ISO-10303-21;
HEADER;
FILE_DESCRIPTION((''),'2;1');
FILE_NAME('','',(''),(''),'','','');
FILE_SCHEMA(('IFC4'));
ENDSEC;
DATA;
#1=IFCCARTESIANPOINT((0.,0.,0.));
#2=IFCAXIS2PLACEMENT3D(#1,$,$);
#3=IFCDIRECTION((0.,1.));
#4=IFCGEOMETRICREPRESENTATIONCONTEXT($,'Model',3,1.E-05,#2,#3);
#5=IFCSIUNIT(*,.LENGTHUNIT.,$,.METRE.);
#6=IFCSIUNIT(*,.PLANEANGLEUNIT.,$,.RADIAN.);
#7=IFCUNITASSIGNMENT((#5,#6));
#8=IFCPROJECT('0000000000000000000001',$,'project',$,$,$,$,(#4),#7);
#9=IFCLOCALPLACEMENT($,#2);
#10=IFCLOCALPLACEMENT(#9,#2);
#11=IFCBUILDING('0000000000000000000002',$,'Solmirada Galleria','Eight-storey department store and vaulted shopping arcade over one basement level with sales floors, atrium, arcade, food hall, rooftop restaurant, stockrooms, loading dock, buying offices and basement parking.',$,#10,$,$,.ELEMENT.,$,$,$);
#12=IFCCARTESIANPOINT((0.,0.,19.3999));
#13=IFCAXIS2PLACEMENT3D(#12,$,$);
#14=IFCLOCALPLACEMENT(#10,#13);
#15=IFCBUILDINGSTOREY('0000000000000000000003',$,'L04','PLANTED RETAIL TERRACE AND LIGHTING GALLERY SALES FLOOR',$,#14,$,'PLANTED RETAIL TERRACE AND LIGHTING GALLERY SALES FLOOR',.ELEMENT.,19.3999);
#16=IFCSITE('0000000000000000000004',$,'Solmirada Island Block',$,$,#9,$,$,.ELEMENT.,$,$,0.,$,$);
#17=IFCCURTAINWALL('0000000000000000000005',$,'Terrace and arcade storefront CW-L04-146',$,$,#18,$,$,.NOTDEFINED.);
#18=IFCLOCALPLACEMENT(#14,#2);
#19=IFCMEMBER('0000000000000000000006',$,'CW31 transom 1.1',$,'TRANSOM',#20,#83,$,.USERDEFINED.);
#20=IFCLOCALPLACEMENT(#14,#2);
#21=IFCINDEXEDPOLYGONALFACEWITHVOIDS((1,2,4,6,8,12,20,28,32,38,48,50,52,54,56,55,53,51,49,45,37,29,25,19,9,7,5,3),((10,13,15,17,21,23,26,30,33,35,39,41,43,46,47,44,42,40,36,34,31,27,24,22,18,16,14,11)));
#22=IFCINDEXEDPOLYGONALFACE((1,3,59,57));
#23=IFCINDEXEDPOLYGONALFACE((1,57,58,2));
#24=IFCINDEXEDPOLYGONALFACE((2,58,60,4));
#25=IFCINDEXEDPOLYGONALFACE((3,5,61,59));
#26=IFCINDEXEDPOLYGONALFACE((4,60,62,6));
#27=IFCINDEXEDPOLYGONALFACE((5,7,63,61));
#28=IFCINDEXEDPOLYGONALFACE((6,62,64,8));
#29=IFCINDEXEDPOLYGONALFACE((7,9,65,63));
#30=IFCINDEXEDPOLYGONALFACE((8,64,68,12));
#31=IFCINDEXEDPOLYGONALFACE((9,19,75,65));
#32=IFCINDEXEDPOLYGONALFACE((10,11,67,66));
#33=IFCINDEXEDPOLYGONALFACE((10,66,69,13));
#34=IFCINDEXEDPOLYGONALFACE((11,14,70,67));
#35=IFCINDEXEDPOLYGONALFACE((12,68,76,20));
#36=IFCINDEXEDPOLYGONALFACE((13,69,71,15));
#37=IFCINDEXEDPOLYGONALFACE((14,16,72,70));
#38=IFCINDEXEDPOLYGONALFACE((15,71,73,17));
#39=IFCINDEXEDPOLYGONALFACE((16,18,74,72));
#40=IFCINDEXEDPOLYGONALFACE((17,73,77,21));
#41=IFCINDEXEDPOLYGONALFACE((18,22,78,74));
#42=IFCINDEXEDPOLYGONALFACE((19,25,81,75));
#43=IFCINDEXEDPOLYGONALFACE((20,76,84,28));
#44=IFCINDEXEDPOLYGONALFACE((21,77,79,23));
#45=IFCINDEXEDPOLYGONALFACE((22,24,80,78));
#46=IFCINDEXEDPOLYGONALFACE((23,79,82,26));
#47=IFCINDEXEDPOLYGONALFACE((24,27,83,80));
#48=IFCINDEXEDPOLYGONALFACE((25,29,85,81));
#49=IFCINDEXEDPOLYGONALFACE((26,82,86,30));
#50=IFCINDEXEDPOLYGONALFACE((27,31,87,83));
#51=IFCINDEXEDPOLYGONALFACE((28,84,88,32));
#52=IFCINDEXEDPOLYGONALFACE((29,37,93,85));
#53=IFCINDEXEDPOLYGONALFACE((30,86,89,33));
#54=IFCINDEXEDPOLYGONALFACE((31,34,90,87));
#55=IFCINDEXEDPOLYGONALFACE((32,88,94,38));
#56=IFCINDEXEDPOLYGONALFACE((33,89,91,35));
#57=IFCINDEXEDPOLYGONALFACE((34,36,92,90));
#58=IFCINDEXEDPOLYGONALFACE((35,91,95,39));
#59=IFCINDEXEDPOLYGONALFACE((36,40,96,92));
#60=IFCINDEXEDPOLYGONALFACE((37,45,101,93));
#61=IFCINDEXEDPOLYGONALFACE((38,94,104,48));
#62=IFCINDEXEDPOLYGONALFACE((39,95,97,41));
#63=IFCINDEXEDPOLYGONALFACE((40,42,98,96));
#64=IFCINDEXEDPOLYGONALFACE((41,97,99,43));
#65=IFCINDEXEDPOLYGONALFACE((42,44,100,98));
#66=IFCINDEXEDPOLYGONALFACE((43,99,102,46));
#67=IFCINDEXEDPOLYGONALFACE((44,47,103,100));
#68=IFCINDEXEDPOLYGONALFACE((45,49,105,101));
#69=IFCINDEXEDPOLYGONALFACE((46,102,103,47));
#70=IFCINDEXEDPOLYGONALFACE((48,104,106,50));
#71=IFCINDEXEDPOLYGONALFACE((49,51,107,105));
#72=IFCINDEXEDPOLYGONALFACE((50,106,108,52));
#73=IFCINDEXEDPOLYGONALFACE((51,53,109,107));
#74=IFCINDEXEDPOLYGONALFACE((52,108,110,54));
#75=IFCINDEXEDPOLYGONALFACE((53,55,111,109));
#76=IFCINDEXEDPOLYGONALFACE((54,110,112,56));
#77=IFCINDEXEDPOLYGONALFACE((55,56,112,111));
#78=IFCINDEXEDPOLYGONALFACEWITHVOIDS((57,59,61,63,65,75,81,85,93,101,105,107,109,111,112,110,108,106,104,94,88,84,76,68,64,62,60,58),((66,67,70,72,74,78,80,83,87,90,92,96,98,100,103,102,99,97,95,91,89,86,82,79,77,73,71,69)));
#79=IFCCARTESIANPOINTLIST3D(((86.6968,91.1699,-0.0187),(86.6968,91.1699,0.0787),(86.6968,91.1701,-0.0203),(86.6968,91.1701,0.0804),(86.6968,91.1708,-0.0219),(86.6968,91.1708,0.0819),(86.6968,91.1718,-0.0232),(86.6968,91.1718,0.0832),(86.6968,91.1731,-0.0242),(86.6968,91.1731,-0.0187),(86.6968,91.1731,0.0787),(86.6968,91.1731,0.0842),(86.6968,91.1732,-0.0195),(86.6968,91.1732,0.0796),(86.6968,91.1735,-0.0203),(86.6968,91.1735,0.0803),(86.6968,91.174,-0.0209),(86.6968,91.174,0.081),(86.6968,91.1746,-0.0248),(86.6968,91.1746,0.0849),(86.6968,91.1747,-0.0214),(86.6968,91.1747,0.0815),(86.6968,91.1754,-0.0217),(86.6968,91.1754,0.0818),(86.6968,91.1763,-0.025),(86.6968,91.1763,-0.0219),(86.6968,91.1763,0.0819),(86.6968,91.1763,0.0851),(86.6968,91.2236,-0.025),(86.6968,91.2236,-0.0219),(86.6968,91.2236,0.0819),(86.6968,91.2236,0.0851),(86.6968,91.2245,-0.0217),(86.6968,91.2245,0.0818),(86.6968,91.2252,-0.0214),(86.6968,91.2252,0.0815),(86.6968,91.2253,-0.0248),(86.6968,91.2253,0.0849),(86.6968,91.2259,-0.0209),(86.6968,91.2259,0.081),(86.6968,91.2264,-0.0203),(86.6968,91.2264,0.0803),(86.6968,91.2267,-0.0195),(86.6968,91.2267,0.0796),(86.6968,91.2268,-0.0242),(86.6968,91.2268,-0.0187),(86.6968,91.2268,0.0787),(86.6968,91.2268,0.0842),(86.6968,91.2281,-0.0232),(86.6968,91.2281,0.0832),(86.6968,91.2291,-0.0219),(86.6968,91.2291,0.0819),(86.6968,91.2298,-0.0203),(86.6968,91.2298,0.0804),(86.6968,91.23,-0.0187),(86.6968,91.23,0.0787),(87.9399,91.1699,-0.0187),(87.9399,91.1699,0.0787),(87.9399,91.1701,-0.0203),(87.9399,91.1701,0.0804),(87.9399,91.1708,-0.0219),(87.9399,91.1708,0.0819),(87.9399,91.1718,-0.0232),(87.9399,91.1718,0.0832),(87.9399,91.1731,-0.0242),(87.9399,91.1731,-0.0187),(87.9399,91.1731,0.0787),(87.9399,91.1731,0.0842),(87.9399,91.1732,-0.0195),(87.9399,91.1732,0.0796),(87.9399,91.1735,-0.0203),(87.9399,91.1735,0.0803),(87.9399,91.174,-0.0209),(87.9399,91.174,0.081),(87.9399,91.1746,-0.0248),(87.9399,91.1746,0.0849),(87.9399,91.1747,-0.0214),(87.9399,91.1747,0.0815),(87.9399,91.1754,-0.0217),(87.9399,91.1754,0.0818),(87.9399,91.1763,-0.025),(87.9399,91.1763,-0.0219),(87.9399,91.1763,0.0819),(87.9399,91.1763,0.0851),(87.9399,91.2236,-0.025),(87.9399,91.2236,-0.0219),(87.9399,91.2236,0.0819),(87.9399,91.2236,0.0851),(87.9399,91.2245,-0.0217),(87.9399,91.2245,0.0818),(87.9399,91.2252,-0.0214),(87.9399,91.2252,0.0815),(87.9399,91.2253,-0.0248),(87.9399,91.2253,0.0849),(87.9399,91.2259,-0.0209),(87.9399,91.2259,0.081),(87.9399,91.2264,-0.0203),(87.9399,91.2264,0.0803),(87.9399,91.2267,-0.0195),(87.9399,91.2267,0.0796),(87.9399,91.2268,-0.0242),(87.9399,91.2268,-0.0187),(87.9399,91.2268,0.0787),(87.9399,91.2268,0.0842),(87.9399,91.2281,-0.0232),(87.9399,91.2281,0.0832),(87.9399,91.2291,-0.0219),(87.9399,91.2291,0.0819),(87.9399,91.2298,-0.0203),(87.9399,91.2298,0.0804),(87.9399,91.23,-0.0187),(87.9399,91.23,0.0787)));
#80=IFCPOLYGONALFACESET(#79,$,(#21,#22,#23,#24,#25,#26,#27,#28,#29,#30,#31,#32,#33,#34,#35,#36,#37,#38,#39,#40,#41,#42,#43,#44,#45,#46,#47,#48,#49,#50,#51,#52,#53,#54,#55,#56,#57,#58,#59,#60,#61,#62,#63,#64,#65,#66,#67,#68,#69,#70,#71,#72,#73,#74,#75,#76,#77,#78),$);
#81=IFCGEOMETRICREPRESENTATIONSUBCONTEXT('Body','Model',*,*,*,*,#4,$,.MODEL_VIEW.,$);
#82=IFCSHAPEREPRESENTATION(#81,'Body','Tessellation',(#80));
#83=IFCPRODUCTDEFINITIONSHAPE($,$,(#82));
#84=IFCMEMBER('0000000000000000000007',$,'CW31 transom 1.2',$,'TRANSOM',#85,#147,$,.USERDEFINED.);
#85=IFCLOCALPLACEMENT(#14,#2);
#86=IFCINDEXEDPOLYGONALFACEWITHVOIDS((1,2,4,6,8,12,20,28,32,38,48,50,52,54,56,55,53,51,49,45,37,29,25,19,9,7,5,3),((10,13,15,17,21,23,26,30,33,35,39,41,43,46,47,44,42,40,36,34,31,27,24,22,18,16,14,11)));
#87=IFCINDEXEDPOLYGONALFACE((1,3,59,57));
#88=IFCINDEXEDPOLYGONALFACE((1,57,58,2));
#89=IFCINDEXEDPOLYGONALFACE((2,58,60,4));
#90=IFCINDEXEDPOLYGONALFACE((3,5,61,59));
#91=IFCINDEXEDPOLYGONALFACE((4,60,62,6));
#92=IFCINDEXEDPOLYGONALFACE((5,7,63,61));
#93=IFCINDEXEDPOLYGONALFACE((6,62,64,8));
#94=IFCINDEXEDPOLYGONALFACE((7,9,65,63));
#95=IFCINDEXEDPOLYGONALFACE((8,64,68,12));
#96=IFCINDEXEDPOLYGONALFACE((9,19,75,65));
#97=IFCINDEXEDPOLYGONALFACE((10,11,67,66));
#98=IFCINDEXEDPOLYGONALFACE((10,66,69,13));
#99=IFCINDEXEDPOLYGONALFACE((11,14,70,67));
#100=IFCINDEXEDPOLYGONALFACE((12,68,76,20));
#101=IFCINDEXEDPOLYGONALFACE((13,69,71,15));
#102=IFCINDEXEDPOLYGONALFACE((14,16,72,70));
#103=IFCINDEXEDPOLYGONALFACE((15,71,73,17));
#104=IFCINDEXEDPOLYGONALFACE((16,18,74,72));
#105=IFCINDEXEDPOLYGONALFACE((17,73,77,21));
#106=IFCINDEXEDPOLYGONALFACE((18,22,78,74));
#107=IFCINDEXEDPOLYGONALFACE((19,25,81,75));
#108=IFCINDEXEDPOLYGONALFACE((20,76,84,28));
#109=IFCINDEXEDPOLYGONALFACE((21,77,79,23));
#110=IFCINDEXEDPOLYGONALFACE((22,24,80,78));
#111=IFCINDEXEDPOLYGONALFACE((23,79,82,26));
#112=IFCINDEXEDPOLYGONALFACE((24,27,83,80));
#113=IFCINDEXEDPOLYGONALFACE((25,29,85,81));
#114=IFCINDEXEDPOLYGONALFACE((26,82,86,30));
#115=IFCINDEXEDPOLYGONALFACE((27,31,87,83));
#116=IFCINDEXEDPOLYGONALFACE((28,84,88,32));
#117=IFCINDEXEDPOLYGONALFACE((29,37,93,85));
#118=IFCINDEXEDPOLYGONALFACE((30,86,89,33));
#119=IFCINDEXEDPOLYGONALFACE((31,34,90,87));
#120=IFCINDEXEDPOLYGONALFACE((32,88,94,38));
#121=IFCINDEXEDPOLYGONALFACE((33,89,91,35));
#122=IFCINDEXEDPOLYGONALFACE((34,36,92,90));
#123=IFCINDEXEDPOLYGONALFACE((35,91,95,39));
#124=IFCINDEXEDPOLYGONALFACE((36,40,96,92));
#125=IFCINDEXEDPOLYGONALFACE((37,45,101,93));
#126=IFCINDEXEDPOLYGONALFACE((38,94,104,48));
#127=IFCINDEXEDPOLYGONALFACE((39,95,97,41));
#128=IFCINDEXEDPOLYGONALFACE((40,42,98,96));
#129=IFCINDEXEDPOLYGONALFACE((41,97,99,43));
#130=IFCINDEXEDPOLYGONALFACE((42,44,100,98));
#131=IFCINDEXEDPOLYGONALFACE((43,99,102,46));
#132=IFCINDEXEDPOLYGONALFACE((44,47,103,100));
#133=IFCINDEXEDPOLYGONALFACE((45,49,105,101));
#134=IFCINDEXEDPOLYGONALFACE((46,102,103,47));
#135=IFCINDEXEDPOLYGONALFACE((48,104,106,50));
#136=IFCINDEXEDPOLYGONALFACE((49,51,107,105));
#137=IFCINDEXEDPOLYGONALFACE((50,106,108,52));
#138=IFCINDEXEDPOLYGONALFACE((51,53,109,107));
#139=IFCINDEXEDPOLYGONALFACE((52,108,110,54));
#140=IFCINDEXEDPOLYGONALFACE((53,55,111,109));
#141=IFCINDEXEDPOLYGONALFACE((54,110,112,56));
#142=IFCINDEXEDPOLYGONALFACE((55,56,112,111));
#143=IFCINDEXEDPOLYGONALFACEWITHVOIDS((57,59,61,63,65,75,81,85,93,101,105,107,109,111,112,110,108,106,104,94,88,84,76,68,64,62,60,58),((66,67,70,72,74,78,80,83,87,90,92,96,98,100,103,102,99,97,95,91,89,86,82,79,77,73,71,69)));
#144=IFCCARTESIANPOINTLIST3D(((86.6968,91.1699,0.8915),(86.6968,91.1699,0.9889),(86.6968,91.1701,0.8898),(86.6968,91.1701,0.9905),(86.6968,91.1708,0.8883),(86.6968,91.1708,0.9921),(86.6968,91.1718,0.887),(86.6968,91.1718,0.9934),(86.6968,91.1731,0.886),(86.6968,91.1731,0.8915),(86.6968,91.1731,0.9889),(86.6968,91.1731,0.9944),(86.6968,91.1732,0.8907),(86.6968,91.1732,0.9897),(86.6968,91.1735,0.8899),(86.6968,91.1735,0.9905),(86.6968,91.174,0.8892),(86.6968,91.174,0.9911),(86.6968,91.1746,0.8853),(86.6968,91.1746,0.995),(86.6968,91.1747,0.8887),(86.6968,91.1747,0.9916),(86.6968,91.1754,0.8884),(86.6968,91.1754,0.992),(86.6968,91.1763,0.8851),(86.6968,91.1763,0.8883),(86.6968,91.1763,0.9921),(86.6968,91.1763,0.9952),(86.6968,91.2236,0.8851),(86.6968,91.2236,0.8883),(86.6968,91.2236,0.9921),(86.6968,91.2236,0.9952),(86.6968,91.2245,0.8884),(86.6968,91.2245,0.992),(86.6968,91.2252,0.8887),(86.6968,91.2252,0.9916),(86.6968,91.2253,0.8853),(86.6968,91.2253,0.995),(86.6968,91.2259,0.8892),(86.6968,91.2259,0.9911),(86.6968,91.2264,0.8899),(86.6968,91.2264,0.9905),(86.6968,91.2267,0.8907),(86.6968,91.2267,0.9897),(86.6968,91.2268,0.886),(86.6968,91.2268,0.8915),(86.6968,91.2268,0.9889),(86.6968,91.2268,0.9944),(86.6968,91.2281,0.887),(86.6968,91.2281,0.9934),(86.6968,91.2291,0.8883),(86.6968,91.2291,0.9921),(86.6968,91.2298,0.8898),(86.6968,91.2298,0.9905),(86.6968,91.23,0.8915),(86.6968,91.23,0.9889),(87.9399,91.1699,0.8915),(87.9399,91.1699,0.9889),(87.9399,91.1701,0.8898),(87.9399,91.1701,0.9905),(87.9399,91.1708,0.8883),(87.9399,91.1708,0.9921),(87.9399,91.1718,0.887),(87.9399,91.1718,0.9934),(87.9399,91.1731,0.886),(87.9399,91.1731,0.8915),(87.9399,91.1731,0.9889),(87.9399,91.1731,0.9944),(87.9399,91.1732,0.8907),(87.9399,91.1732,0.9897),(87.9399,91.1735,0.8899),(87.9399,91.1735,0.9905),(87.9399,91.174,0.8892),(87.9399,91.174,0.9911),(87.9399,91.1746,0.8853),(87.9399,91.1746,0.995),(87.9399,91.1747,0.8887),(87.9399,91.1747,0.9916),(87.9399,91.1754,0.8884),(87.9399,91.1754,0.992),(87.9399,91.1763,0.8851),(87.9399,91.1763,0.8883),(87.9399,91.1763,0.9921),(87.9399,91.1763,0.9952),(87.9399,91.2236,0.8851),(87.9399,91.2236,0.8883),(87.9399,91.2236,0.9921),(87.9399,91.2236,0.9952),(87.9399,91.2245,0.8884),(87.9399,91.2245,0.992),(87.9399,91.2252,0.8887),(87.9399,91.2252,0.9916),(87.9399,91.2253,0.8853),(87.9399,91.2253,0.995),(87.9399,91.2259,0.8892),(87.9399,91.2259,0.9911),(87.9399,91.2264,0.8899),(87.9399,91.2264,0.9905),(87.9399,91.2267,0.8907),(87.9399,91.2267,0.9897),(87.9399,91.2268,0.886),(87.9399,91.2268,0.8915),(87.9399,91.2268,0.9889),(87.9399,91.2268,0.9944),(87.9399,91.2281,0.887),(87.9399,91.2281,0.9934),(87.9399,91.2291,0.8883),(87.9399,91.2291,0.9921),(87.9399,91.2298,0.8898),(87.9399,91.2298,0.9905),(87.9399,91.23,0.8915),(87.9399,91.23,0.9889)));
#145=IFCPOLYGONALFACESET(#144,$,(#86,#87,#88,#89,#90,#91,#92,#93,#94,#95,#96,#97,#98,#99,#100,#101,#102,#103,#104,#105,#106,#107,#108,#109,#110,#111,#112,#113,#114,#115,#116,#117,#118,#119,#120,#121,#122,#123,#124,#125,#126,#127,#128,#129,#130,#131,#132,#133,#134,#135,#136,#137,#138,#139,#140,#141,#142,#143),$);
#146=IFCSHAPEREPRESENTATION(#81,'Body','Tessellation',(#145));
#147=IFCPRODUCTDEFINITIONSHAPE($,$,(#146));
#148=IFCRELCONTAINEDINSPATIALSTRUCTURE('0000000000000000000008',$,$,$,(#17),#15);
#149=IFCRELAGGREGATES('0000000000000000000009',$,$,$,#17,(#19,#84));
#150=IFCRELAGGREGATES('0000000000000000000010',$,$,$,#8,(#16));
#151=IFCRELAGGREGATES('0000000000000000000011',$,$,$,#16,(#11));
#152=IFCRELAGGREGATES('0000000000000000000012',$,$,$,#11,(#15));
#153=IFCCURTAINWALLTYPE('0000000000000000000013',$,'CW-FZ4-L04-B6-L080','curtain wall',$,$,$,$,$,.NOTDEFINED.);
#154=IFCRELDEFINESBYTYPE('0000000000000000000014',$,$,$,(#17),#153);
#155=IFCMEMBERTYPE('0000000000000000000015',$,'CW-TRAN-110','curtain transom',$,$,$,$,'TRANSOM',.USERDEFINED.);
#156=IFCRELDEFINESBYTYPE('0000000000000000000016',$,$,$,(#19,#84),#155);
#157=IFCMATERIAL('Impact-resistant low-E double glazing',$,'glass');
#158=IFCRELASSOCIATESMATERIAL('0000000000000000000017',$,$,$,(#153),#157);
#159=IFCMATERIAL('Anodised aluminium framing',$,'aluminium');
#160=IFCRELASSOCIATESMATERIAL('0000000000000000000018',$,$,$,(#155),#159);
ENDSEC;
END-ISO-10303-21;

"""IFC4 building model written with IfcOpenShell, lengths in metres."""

from ifc_helpers import new_model, si_unit, direction, frame, origin, origin_2d, place, context, subcontext, project, spatial, hollow_rectangle, extrude, material, material_profile, profile_set, type_object, element, aggregate, save


model = new_model("IFC4")

# Units and contexts
model_context = context("Model", 3, precision=1e-05, world=origin(), true_north=direction((0.0, 1.0)))
body_context = subcontext(model_context, "Body", "Model", "MODEL_VIEW")
ifc_project = project(units=[si_unit("LENGTHUNIT", "METRE"), si_unit("PLANEANGLEUNIT", "RADIAN")], contexts=[model_context])

# Site, building, storey
site_placement = place(None, origin())
site = spatial("IfcSite", under=ifc_project, at=site_placement, Name="Solmirada Island Block", CompositionType="ELEMENT", RefElevation=0.0)
building_placement = place(site_placement, origin())
building = spatial("IfcBuilding", under=site, at=building_placement, Name="Solmirada Galleria", Description="Eight-storey department store and vaulted shopping arcade over one basement level with sales floors, atrium, arcade, food hall, rooftop restaurant, stockrooms, loading dock, buying offices and basement parking.", CompositionType="ELEMENT")
storey_placement = place(building_placement, frame((0.0, 0.0, 19.3999)))
storey = spatial("IfcBuildingStorey", under=building, at=storey_placement, Name="L04", Description="PLANTED RETAIL TERRACE AND LIGHTING GALLERY SALES FLOOR", LongName="PLANTED RETAIL TERRACE AND LIGHTING GALLERY SALES FLOOR", CompositionType="ELEMENT", Elevation=19.3999)

# Curtain wall
ifc_material_1 = material(Name="Impact-resistant low-E double glazing", Category="glass")
curtain_wall_type = type_object("IfcCurtainWallType", Name="CW-FZ4-L04-B6-L080", Description="curtain wall", PredefinedType="NOTDEFINED", material=ifc_material_1)
curtain_wall_1_placement = place(storey_placement, origin())
curtain_wall_1 = element("IfcCurtainWall", 1, at=curtain_wall_1_placement, inside=storey, type_object=curtain_wall_type, Name="Terrace and arcade storefront CW-L04-146", PredefinedType="NOTDEFINED")
ifc_material_2 = material(Name="Anodised aluminium framing", Category="aluminium")

# Members
ifc_material_profile_1 = material_profile(ifc_material_2, hollow_rectangle(XDim=0.0601, YDim=0.1101, WallThickness=0.0032, InnerFilletRadius=0.0032, OuterFilletRadius=0.0063, at=origin_2d()), Name="ALU-TRAN-110X60")
ifc_profile_set_1 = profile_set([ifc_material_profile_1], Name="Anodised aluminium framing")
member_type_1 = type_object("IfcMemberType", Name="CW-TRAN-110", Description="curtain transom", ElementType="TRANSOM", PredefinedType="USERDEFINED", material=ifc_profile_set_1)
member_1_placement = place(storey_placement, frame((87.9399, 91.2, 0.03), z_axis=(-1.0, 0.0, 0.0), x_axis=(0.0, -1.0, 0.0)))
member_1 = element("IfcMember", 2, at=member_1_placement, type_object=member_type_1, Name="CW31 transom 1.1", ObjectType="TRANSOM", PredefinedType="USERDEFINED", context=body_context, shape_type="SweptSolid", body=[
    extrude(hollow_rectangle(XDim=0.0601, YDim=0.1101, WallThickness=0.0032, InnerFilletRadius=0.0032, OuterFilletRadius=0.0063, at=origin_2d()), origin(), (0.0, 0.0, 1.0), 1.2432),
])
member_2_placement = place(storey_placement, frame((87.9399, 91.2, 0.9402), z_axis=(-1.0, 0.0, 0.0), x_axis=(0.0, -1.0, 0.0)))
member_2 = element("IfcMember", 3, at=member_2_placement, type_object=member_type_1, Name="CW31 transom 1.2", ObjectType="TRANSOM", PredefinedType="USERDEFINED", context=body_context, shape_type="SweptSolid", body=[
    extrude(hollow_rectangle(XDim=0.0601, YDim=0.1101, WallThickness=0.0032, InnerFilletRadius=0.0032, OuterFilletRadius=0.0063, at=origin_2d()), origin(), (0.0, 0.0, 1.0), 1.2432),
])

aggregate(curtain_wall_1, [member_1, member_2])

save(model, "model.ifc")
